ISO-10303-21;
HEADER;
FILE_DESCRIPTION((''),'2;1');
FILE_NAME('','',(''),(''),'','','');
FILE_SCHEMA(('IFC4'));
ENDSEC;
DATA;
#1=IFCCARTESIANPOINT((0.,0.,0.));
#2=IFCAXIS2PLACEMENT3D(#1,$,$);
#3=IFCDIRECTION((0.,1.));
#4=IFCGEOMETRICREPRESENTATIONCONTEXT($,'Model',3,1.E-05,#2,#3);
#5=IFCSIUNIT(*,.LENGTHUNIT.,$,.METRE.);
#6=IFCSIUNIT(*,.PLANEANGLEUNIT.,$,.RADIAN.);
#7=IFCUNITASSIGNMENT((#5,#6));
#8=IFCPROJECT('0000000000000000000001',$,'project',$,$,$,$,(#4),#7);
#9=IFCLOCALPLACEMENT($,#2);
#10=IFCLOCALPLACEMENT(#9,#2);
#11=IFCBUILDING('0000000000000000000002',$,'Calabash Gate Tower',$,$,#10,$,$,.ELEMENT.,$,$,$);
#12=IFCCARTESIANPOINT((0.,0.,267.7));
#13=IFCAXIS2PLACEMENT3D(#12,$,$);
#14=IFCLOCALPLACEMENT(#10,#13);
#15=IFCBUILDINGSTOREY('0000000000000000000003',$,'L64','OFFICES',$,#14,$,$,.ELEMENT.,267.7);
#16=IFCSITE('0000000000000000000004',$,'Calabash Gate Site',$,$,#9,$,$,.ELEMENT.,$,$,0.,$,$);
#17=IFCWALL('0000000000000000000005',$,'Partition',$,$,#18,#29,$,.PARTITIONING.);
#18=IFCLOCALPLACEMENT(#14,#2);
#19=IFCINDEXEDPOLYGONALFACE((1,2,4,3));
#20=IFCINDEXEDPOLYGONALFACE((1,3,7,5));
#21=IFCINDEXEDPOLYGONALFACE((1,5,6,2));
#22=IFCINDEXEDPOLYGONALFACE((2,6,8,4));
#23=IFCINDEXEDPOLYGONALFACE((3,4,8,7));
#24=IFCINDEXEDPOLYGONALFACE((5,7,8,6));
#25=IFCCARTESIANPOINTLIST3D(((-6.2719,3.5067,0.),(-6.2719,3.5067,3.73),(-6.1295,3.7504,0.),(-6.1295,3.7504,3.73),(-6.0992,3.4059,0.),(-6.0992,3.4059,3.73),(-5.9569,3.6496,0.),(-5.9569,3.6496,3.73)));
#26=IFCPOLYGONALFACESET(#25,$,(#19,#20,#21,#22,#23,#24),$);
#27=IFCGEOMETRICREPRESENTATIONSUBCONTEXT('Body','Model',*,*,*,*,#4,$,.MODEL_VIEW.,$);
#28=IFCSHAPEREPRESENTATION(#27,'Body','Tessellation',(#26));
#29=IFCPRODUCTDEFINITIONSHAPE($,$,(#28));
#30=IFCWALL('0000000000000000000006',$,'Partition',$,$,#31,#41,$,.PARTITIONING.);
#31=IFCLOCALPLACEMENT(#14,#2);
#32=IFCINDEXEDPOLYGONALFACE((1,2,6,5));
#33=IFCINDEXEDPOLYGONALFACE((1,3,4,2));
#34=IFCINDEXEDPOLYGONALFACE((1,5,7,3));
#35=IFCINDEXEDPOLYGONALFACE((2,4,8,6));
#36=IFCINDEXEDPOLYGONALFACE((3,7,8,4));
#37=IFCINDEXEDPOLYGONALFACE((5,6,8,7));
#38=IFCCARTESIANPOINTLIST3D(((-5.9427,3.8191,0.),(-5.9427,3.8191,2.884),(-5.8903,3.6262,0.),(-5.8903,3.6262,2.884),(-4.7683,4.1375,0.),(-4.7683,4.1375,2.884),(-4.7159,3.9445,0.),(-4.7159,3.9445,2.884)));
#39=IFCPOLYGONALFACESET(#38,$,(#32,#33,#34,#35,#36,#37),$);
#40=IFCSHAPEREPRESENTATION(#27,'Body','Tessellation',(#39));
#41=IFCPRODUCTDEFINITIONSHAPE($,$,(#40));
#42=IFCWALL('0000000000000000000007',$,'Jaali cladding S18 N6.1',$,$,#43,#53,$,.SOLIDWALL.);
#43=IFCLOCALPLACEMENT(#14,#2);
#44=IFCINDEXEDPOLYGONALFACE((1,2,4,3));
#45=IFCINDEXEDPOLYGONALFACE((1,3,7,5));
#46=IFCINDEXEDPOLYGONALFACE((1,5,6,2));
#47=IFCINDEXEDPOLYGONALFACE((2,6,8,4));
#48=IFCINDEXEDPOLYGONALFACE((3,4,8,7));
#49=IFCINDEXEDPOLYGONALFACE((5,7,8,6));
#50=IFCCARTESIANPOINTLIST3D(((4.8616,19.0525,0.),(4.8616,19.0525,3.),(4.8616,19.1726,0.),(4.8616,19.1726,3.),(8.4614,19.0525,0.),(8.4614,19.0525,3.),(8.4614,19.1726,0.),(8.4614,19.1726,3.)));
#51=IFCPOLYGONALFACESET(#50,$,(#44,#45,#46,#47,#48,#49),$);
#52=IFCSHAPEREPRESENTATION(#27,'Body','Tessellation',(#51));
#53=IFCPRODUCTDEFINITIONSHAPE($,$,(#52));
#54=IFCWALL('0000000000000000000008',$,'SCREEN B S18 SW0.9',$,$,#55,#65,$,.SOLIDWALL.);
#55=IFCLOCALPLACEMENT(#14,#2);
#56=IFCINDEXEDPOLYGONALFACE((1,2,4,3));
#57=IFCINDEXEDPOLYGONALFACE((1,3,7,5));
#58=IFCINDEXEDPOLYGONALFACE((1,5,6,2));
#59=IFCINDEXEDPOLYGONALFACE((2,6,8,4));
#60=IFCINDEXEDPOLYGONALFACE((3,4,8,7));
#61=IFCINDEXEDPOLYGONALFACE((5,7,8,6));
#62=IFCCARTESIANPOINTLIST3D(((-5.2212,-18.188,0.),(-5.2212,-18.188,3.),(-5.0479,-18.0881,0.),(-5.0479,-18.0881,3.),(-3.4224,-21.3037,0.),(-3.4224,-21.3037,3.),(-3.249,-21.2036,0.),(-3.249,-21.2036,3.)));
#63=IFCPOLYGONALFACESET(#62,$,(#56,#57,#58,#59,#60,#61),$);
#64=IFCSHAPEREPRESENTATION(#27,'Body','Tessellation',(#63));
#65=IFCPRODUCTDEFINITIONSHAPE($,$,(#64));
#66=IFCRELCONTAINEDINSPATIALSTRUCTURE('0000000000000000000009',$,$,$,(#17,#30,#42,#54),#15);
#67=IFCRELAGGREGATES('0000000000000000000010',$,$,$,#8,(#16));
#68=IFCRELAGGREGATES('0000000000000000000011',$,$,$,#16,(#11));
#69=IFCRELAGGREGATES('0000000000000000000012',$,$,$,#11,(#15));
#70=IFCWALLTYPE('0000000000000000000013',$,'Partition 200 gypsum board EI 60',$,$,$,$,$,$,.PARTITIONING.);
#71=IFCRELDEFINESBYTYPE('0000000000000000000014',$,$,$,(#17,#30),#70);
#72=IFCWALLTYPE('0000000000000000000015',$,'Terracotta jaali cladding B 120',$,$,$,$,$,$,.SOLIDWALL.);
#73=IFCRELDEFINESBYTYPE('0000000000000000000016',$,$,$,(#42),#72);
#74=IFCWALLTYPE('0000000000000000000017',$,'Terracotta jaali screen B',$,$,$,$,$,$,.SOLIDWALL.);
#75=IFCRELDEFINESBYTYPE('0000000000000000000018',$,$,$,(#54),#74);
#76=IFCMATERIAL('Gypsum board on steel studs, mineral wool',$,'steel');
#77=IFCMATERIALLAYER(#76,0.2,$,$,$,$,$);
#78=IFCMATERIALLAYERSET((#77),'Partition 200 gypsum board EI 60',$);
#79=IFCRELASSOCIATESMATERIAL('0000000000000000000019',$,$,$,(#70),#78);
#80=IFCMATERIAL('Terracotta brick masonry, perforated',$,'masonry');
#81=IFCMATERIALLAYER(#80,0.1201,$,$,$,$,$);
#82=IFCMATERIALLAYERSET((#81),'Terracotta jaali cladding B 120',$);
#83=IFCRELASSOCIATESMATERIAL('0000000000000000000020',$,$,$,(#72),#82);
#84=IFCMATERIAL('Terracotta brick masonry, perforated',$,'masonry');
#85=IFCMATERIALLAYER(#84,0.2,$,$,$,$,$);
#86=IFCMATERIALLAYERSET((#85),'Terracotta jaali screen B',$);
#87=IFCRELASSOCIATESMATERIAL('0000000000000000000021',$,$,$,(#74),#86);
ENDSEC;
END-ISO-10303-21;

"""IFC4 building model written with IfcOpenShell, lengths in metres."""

from ifc_helpers import new_model, si_unit, direction, frame, frame_2d, origin, place, context, subcontext, project, spatial, polyline, rectangle, outline, extrude, material, layer, layer_set, type_object, element, save


model = new_model("IFC4")

# Units and contexts
model_context = context("Model", 3, precision=1e-05, world=origin(), true_north=direction((0.0, 1.0)))
body_context = subcontext(model_context, "Body", "Model", "MODEL_VIEW")
ifc_project = project(units=[si_unit("LENGTHUNIT", "METRE"), si_unit("PLANEANGLEUNIT", "RADIAN")], contexts=[model_context])

# Site, building, storey
site_placement = place(None, origin())
site = spatial("IfcSite", under=ifc_project, at=site_placement, Name="Calabash Gate Site", CompositionType="ELEMENT", RefElevation=0.0)
building_placement = place(site_placement, origin())
building = spatial("IfcBuilding", under=site, at=building_placement, Name="Calabash Gate Tower", CompositionType="ELEMENT")
storey_placement = place(building_placement, frame((0.0, 0.0, 267.7)))
storey = spatial("IfcBuildingStorey", under=building, at=storey_placement, Name="L64", Description="OFFICES", CompositionType="ELEMENT", Elevation=267.7)

# Shared definitions
ifc_material_1 = material(Name="Gypsum board on steel studs, mineral wool", Category="steel")
ifc_layer_1 = layer(ifc_material_1, 0.2)
ifc_layer_set_1 = layer_set([ifc_layer_1], Name="Partition 200 gypsum board EI 60")
wall_type_1 = type_object("IfcWallType", Name="Partition 200 gypsum board EI 60", PredefinedType="PARTITIONING", material=ifc_layer_set_1)

# Walls
wall_1_placement = place(storey_placement, frame((-6.1855, 3.4563, 0.0), z_axis=(0.0, 0.0, 1.0), x_axis=(0.504409, 0.863465, 0.0)))
element("IfcWall", 1, at=wall_1_placement, inside=storey, type_object=wall_type_1, Name="Partition", PredefinedType="PARTITIONING", context=body_context, shape_type="SweptSolid", body=[
    extrude(rectangle(XDim=0.2822, YDim=0.2, at=frame_2d((0.1411, 0.0))), origin(), (0.0, 0.0, 1.0), 3.73),
])
wall_2_placement = place(storey_placement, frame((-5.9165, 3.7227, 0.0), z_axis=(0.0, 0.0, 1.0), x_axis=(0.965161, 0.261657, 0.0)))
element("IfcWall", 2, at=wall_2_placement, inside=storey, type_object=wall_type_1, Name="Partition", PredefinedType="PARTITIONING", context=body_context, shape_type="SweptSolid", body=[
    extrude(rectangle(XDim=1.2168, YDim=0.2, at=frame_2d((0.6084, 0.0))), origin(), (0.0, 0.0, 1.0), 2.884),
])
ifc_material_2 = material(Name="Terracotta brick masonry, perforated", Category="masonry")
ifc_layer_2 = layer(ifc_material_2, 0.1201)
ifc_layer_set_2 = layer_set([ifc_layer_2], Name="Terracotta jaali cladding B 120")
wall_type_2 = type_object("IfcWallType", Name="Terracotta jaali cladding B 120", PredefinedType="SOLIDWALL", material=ifc_layer_set_2)
wall_3_placement = place(storey_placement, origin())
element("IfcWall", 3, at=wall_3_placement, inside=storey, type_object=wall_type_2, Name="Jaali cladding S18 N6.1", PredefinedType="SOLIDWALL", context=body_context, shape_type="SweptSolid", body=[
    extrude(outline(polyline([(4.8616, 19.1726), (4.8616, 19.0525), (8.4614, 19.0525), (8.4614, 19.1726), (4.8616, 19.1726)])), origin(), (0.0, 0.0, 1.0), 3.0),
])
ifc_material_3 = material(Name="Terracotta brick masonry, perforated", Category="masonry")
ifc_layer_3 = layer(ifc_material_3, 0.2)
ifc_layer_set_3 = layer_set([ifc_layer_3], Name="Terracotta jaali screen B")
wall_type_3 = type_object("IfcWallType", Name="Terracotta jaali screen B", PredefinedType="SOLIDWALL", material=ifc_layer_set_3)
wall_4_placement = place(storey_placement, origin())
element("IfcWall", 4, at=wall_4_placement, inside=storey, type_object=wall_type_3, Name="SCREEN B S18 SW0.9", PredefinedType="SOLIDWALL", context=body_context, shape_type="SweptSolid", body=[
    extrude(outline(polyline([(-5.2212, -18.188), (-3.4224, -21.3037), (-3.249, -21.2036), (-5.0479, -18.0881), (-5.2212, -18.188)])), origin(), (0.0, 0.0, 1.0), 3.0),
])

save(model, "model.ifc")
